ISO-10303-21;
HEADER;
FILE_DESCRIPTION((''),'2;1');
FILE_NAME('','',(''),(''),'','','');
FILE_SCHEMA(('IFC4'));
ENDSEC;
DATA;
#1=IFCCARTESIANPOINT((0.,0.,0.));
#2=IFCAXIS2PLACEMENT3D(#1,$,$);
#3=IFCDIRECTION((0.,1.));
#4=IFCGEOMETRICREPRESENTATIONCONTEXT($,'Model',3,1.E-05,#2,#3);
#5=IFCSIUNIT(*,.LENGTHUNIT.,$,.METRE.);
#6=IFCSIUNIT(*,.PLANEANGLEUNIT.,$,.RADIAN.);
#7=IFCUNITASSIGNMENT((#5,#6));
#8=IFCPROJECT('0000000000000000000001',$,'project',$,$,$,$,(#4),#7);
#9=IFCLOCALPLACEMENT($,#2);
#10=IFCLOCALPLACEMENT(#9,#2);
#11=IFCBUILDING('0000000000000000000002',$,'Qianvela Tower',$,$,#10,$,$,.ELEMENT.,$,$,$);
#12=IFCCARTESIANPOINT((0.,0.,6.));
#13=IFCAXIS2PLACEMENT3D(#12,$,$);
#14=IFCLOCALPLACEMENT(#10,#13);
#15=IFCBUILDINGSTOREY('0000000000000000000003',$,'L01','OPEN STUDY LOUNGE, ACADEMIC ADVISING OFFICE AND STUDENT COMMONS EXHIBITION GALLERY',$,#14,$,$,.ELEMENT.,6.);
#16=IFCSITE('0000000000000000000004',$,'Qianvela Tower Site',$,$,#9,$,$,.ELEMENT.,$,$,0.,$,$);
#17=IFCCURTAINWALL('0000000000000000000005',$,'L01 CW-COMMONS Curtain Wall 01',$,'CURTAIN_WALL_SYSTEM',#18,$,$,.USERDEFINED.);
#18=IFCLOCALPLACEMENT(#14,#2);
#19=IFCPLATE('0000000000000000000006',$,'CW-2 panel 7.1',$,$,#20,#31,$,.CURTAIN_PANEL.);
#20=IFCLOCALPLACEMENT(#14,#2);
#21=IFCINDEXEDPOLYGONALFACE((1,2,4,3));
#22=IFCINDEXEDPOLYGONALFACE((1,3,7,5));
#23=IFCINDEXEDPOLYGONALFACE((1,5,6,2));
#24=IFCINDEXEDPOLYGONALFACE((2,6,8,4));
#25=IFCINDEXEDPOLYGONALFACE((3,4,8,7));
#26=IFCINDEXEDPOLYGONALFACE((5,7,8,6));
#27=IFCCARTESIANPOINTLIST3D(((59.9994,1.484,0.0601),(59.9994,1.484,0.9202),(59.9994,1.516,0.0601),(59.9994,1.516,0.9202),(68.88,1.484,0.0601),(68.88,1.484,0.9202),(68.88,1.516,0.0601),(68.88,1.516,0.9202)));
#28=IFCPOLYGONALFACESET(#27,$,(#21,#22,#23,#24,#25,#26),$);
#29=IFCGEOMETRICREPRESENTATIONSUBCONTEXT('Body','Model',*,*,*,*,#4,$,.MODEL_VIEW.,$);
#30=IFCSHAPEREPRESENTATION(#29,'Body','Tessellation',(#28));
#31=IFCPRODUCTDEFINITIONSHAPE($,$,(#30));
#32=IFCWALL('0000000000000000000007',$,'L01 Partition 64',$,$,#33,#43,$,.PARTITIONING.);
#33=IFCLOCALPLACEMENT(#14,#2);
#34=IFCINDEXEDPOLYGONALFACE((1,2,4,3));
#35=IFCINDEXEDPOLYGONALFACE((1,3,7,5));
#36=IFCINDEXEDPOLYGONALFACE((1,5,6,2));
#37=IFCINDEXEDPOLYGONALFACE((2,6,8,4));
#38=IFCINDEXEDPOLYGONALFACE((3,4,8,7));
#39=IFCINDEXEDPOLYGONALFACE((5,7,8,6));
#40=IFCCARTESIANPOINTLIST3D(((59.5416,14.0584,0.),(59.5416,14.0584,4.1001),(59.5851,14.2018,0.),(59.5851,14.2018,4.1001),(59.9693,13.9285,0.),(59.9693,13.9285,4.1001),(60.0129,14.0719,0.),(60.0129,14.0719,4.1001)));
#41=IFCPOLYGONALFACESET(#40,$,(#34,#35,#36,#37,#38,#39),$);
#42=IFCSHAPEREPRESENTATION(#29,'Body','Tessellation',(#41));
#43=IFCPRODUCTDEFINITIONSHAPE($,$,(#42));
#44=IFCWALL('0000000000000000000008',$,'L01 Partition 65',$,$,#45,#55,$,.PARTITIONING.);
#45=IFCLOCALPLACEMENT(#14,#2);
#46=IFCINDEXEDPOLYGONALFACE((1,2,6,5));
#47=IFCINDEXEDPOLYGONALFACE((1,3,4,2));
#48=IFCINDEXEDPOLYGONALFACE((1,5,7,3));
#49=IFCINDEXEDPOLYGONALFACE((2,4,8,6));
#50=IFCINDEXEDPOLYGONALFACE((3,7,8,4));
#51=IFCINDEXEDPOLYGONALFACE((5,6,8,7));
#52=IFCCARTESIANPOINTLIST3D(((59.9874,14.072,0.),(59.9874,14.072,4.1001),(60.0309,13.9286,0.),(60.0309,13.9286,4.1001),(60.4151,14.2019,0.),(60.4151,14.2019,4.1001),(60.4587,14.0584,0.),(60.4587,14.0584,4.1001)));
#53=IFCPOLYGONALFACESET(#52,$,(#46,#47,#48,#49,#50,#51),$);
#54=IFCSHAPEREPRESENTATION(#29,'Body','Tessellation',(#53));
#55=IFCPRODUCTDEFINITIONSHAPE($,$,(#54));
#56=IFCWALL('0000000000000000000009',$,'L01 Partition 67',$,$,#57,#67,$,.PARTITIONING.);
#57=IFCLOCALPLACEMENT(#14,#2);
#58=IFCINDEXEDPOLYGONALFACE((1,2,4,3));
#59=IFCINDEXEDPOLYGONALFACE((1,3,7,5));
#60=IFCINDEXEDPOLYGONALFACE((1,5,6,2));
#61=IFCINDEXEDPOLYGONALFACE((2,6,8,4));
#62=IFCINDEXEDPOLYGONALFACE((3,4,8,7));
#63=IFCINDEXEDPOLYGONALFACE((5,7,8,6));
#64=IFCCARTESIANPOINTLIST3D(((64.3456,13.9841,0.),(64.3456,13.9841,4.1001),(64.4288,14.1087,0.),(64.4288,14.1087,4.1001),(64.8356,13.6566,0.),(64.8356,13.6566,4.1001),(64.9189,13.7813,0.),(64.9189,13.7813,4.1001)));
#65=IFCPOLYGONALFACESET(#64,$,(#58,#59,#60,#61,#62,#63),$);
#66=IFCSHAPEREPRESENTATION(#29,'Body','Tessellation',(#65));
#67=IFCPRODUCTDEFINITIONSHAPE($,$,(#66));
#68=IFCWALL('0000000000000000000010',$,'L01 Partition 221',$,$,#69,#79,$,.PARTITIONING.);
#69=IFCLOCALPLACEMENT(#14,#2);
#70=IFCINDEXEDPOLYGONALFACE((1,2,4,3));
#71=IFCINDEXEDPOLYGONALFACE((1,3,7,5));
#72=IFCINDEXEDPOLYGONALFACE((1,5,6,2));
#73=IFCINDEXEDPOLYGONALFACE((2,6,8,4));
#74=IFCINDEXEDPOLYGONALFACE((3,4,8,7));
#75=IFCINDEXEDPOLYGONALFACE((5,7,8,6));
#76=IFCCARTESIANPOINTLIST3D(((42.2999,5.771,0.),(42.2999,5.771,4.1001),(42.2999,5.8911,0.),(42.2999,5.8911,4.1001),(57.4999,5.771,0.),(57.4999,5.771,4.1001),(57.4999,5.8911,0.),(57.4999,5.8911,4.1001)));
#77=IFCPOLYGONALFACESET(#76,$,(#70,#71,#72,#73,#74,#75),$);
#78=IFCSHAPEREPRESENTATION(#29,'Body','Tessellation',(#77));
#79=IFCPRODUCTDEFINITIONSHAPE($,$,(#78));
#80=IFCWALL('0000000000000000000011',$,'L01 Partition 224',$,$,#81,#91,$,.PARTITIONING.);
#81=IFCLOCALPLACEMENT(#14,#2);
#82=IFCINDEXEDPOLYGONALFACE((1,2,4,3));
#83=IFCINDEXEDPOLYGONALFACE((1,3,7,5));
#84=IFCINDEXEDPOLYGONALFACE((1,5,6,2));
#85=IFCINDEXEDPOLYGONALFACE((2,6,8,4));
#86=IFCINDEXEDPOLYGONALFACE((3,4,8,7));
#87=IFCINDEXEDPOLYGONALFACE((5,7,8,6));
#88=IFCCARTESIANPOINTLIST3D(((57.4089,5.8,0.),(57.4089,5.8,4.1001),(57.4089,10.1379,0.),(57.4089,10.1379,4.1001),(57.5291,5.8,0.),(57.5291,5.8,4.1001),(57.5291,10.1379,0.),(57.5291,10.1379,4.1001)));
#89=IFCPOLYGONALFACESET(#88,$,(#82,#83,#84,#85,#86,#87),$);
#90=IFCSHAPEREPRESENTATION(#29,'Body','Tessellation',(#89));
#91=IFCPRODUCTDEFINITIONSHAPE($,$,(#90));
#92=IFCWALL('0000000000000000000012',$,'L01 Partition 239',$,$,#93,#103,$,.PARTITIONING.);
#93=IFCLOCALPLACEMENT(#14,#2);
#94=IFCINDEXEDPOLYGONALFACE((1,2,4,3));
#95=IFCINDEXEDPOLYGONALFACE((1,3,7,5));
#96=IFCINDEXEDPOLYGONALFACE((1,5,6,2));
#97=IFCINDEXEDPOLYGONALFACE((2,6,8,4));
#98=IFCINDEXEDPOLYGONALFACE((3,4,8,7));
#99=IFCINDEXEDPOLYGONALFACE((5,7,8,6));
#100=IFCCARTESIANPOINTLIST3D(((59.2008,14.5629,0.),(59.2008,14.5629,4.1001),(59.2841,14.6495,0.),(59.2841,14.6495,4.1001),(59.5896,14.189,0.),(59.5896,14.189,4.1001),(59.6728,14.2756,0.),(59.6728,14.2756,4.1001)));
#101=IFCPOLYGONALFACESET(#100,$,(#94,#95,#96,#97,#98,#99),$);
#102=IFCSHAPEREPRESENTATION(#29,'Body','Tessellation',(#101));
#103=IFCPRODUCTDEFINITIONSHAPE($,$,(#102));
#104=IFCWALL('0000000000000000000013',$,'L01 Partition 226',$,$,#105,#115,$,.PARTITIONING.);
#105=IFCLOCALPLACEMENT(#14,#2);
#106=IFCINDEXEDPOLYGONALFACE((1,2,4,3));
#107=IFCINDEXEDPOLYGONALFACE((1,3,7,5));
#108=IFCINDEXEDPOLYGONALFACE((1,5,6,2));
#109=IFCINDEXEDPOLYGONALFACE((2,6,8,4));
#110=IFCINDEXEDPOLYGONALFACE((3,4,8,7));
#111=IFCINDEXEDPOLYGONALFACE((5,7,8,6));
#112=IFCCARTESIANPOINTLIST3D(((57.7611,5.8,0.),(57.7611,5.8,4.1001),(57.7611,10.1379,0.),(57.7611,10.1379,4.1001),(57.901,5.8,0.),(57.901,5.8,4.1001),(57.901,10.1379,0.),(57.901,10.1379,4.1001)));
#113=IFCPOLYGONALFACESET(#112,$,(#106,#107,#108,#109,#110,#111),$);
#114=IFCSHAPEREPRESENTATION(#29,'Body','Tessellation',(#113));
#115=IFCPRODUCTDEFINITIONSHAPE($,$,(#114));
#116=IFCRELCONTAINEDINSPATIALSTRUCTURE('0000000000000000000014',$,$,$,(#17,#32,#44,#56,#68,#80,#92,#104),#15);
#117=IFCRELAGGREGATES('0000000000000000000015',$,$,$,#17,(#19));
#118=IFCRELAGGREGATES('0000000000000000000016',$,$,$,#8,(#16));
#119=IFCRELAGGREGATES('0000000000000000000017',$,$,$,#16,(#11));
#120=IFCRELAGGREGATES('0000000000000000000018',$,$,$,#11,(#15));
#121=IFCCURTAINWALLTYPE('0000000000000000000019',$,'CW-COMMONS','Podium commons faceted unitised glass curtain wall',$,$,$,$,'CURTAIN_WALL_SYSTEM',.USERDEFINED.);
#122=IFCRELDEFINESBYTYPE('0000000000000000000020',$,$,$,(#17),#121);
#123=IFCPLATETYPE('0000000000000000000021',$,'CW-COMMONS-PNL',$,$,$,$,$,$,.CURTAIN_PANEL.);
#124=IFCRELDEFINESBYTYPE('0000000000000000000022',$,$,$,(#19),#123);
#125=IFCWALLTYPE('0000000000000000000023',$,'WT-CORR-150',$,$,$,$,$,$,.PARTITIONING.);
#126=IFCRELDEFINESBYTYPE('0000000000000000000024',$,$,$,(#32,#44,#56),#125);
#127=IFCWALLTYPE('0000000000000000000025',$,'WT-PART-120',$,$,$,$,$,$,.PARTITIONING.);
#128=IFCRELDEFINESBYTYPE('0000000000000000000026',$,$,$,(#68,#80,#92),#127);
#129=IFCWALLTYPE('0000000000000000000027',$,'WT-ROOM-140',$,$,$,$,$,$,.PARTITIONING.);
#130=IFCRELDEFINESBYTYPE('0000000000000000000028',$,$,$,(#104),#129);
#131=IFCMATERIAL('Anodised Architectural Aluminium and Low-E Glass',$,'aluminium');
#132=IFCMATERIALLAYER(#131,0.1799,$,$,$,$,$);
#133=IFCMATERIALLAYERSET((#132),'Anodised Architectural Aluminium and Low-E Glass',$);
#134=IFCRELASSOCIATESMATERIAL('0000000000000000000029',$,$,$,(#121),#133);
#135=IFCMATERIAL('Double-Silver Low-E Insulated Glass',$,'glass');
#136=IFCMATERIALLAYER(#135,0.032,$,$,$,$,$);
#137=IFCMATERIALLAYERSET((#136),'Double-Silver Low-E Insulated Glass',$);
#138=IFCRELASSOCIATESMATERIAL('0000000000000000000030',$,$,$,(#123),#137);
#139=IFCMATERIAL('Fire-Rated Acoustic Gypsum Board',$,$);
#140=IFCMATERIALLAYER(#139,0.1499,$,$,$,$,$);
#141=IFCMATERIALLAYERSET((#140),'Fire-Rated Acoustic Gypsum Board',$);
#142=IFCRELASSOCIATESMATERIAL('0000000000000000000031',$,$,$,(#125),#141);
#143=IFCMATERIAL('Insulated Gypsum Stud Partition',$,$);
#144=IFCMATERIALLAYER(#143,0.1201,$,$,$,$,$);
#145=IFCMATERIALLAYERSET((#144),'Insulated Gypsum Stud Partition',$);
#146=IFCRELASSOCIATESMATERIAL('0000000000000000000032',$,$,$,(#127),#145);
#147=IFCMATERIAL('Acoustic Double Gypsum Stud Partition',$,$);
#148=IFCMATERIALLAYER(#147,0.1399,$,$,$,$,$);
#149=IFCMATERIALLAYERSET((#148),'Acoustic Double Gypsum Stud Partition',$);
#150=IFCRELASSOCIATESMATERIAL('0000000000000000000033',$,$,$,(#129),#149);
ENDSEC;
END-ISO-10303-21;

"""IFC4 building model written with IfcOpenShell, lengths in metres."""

from ifc_helpers import new_model, si_unit, direction, frame, frame_2d, origin, origin_2d, place, context, subcontext, project, spatial, rectangle, extrude, material, layer, layer_set, type_object, element, aggregate, save


model = new_model("IFC4")

# Units and contexts
model_context = context("Model", 3, precision=1e-05, world=origin(), true_north=direction((0.0, 1.0)))
body_context = subcontext(model_context, "Body", "Model", "MODEL_VIEW")
ifc_project = project(units=[si_unit("LENGTHUNIT", "METRE"), si_unit("PLANEANGLEUNIT", "RADIAN")], contexts=[model_context])

# Site, building, storey
site_placement = place(None, origin())
site = spatial("IfcSite", under=ifc_project, at=site_placement, Name="Qianvela Tower Site", CompositionType="ELEMENT", RefElevation=0.0)
building_placement = place(site_placement, origin())
building = spatial("IfcBuilding", under=site, at=building_placement, Name="Qianvela Tower", CompositionType="ELEMENT")
storey_placement = place(building_placement, frame((0.0, 0.0, 6.0)))
storey = spatial("IfcBuildingStorey", under=building, at=storey_placement, Name="L01", Description="OPEN STUDY LOUNGE, ACADEMIC ADVISING OFFICE AND STUDENT COMMONS EXHIBITION GALLERY", CompositionType="ELEMENT", Elevation=6.0)

# Curtain wall
ifc_material_1 = material(Name="Anodised Architectural Aluminium and Low-E Glass", Category="aluminium")
ifc_layer_1 = layer(ifc_material_1, 0.1799)
ifc_layer_set_1 = layer_set([ifc_layer_1], Name="Anodised Architectural Aluminium and Low-E Glass")
curtain_wall_type = type_object("IfcCurtainWallType", Name="CW-COMMONS", Description="Podium commons faceted unitised glass curtain wall", ElementType="CURTAIN_WALL_SYSTEM", PredefinedType="USERDEFINED", material=ifc_layer_set_1)
curtain_wall_placement = place(storey_placement, origin())
curtain_wall = element("IfcCurtainWall", 1, at=curtain_wall_placement, inside=storey, type_object=curtain_wall_type, Name="L01 CW-COMMONS Curtain Wall 01", ObjectType="CURTAIN_WALL_SYSTEM", PredefinedType="USERDEFINED")

# Plate
ifc_material_2 = material(Name="Double-Silver Low-E Insulated Glass", Category="glass")
ifc_layer_2 = layer(ifc_material_2, 0.032)
ifc_layer_set_2 = layer_set([ifc_layer_2], Name="Double-Silver Low-E Insulated Glass")
plate_type = type_object("IfcPlateType", Name="CW-COMMONS-PNL", PredefinedType="CURTAIN_PANEL", material=ifc_layer_set_2)
plate_1_placement = place(storey_placement, frame((64.4397, 1.5, 0.0601), z_axis=(0.0, 0.0, 1.0), x_axis=(1.0, 0.0, 0.0)))
plate_1 = element("IfcPlate", 2, at=plate_1_placement, type_object=plate_type, Name="CW-2 panel 7.1", PredefinedType="CURTAIN_PANEL", context=body_context, shape_type="SweptSolid", body=[
    extrude(rectangle(XDim=8.8806, YDim=0.032, at=origin_2d()), origin(), (0.0, 0.0, 1.0), 0.8601),
])
aggregate(curtain_wall, [plate_1])

# Walls
ifc_material_3 = material(Name="Fire-Rated Acoustic Gypsum Board")
ifc_layer_3 = layer(ifc_material_3, 0.1499)
ifc_layer_set_3 = layer_set([ifc_layer_3], Name="Fire-Rated Acoustic Gypsum Board")
wall_type_1 = type_object("IfcWallType", Name="WT-CORR-150", PredefinedType="PARTITIONING", material=ifc_layer_set_3)
for number, where, z_axis, x_axis, name in (
    (3, (59.5632, 14.1301, 0.0), (0.0, 0.0, 1.0), (0.956859, -0.290553, 0.0), "L01 Partition 64"),
    (4, (60.009, 14.0002, 0.0), (0.0, 0.0, 1.0), (0.956859, 0.290553, 0.0), "L01 Partition 65"),
):
    element("IfcWall", number, at=place(storey_placement, frame(where, z_axis=z_axis, x_axis=x_axis)), inside=storey, type_object=wall_type_1, Name=name, PredefinedType="PARTITIONING", context=body_context, shape_type="SweptSolid", body=[
        extrude(rectangle(XDim=0.447, YDim=0.1499, at=frame_2d((0.2236, 0.0))), origin(), (0.0, 0.0, 1.0), 4.1001),
    ])
wall_1_placement = place(storey_placement, frame((64.3872, 14.0464, 0.0), z_axis=(0.0, 0.0, 1.0), x_axis=(0.831476, -0.55556, 0.0)))
element("IfcWall", 5, at=wall_1_placement, inside=storey, type_object=wall_type_1, Name="L01 Partition 67", PredefinedType="PARTITIONING", context=body_context, shape_type="SweptSolid", body=[
    extrude(rectangle(XDim=0.5894, YDim=0.1499, at=frame_2d((0.2947, 0.0))), origin(), (0.0, 0.0, 1.0), 4.1001),
])
ifc_material_4 = material(Name="Insulated Gypsum Stud Partition")
ifc_layer_4 = layer(ifc_material_4, 0.1201)
ifc_layer_set_4 = layer_set([ifc_layer_4], Name="Insulated Gypsum Stud Partition")
wall_type_2 = type_object("IfcWallType", Name="WT-PART-120", PredefinedType="PARTITIONING", material=ifc_layer_set_4)
wall_2_placement = place(storey_placement, frame((57.5, 5.8311, 0.0), z_axis=(0.0, 0.0, 1.0), x_axis=(-1.0, 0.0, 0.0)))
element("IfcWall", 6, at=wall_2_placement, inside=storey, type_object=wall_type_2, Name="L01 Partition 221", PredefinedType="PARTITIONING", context=body_context, shape_type="SweptSolid", body=[
    extrude(rectangle(XDim=15.2, YDim=0.1201, at=frame_2d((7.6001, 0.0))), origin(), (0.0, 0.0, 1.0), 4.1001),
])
wall_3_placement = place(storey_placement, frame((57.469, 10.1379, 0.0), z_axis=(0.0, 0.0, 1.0), x_axis=(0.0, -1.0, 0.0)))
element("IfcWall", 7, at=wall_3_placement, inside=storey, type_object=wall_type_2, Name="L01 Partition 224", PredefinedType="PARTITIONING", context=body_context, shape_type="SweptSolid", body=[
    extrude(rectangle(XDim=4.3379, YDim=0.1201, at=frame_2d((2.1689, 0.0))), origin(), (0.0, 0.0, 1.0), 4.1001),
])
wall_4_placement = place(storey_placement, frame((59.6311, 14.2324, 0.0), z_axis=(0.0, 0.0, 1.0), x_axis=(-0.720781, 0.693163, 0.0)))
element("IfcWall", 8, at=wall_4_placement, inside=storey, type_object=wall_type_2, Name="L01 Partition 239", PredefinedType="PARTITIONING", context=body_context, shape_type="SweptSolid", body=[
    extrude(rectangle(XDim=0.5393, YDim=0.1201, at=frame_2d((0.2695, 0.0))), origin(), (0.0, 0.0, 1.0), 4.1001),
])
ifc_material_5 = material(Name="Acoustic Double Gypsum Stud Partition")
ifc_layer_5 = layer(ifc_material_5, 0.1399)
ifc_layer_set_5 = layer_set([ifc_layer_5], Name="Acoustic Double Gypsum Stud Partition")
wall_type_3 = type_object("IfcWallType", Name="WT-ROOM-140", PredefinedType="PARTITIONING", material=ifc_layer_set_5)
wall_5_placement = place(storey_placement, frame((57.8311, 5.8, 0.0), z_axis=(0.0, 0.0, 1.0), x_axis=(0.0, 1.0, 0.0)))
element("IfcWall", 9, at=wall_5_placement, inside=storey, type_object=wall_type_3, Name="L01 Partition 226", PredefinedType="PARTITIONING", context=body_context, shape_type="SweptSolid", body=[
    extrude(rectangle(XDim=4.3379, YDim=0.1399, at=frame_2d((2.1689, 0.0))), origin(), (0.0, 0.0, 1.0), 4.1001),
])

save(model, "model.ifc")
